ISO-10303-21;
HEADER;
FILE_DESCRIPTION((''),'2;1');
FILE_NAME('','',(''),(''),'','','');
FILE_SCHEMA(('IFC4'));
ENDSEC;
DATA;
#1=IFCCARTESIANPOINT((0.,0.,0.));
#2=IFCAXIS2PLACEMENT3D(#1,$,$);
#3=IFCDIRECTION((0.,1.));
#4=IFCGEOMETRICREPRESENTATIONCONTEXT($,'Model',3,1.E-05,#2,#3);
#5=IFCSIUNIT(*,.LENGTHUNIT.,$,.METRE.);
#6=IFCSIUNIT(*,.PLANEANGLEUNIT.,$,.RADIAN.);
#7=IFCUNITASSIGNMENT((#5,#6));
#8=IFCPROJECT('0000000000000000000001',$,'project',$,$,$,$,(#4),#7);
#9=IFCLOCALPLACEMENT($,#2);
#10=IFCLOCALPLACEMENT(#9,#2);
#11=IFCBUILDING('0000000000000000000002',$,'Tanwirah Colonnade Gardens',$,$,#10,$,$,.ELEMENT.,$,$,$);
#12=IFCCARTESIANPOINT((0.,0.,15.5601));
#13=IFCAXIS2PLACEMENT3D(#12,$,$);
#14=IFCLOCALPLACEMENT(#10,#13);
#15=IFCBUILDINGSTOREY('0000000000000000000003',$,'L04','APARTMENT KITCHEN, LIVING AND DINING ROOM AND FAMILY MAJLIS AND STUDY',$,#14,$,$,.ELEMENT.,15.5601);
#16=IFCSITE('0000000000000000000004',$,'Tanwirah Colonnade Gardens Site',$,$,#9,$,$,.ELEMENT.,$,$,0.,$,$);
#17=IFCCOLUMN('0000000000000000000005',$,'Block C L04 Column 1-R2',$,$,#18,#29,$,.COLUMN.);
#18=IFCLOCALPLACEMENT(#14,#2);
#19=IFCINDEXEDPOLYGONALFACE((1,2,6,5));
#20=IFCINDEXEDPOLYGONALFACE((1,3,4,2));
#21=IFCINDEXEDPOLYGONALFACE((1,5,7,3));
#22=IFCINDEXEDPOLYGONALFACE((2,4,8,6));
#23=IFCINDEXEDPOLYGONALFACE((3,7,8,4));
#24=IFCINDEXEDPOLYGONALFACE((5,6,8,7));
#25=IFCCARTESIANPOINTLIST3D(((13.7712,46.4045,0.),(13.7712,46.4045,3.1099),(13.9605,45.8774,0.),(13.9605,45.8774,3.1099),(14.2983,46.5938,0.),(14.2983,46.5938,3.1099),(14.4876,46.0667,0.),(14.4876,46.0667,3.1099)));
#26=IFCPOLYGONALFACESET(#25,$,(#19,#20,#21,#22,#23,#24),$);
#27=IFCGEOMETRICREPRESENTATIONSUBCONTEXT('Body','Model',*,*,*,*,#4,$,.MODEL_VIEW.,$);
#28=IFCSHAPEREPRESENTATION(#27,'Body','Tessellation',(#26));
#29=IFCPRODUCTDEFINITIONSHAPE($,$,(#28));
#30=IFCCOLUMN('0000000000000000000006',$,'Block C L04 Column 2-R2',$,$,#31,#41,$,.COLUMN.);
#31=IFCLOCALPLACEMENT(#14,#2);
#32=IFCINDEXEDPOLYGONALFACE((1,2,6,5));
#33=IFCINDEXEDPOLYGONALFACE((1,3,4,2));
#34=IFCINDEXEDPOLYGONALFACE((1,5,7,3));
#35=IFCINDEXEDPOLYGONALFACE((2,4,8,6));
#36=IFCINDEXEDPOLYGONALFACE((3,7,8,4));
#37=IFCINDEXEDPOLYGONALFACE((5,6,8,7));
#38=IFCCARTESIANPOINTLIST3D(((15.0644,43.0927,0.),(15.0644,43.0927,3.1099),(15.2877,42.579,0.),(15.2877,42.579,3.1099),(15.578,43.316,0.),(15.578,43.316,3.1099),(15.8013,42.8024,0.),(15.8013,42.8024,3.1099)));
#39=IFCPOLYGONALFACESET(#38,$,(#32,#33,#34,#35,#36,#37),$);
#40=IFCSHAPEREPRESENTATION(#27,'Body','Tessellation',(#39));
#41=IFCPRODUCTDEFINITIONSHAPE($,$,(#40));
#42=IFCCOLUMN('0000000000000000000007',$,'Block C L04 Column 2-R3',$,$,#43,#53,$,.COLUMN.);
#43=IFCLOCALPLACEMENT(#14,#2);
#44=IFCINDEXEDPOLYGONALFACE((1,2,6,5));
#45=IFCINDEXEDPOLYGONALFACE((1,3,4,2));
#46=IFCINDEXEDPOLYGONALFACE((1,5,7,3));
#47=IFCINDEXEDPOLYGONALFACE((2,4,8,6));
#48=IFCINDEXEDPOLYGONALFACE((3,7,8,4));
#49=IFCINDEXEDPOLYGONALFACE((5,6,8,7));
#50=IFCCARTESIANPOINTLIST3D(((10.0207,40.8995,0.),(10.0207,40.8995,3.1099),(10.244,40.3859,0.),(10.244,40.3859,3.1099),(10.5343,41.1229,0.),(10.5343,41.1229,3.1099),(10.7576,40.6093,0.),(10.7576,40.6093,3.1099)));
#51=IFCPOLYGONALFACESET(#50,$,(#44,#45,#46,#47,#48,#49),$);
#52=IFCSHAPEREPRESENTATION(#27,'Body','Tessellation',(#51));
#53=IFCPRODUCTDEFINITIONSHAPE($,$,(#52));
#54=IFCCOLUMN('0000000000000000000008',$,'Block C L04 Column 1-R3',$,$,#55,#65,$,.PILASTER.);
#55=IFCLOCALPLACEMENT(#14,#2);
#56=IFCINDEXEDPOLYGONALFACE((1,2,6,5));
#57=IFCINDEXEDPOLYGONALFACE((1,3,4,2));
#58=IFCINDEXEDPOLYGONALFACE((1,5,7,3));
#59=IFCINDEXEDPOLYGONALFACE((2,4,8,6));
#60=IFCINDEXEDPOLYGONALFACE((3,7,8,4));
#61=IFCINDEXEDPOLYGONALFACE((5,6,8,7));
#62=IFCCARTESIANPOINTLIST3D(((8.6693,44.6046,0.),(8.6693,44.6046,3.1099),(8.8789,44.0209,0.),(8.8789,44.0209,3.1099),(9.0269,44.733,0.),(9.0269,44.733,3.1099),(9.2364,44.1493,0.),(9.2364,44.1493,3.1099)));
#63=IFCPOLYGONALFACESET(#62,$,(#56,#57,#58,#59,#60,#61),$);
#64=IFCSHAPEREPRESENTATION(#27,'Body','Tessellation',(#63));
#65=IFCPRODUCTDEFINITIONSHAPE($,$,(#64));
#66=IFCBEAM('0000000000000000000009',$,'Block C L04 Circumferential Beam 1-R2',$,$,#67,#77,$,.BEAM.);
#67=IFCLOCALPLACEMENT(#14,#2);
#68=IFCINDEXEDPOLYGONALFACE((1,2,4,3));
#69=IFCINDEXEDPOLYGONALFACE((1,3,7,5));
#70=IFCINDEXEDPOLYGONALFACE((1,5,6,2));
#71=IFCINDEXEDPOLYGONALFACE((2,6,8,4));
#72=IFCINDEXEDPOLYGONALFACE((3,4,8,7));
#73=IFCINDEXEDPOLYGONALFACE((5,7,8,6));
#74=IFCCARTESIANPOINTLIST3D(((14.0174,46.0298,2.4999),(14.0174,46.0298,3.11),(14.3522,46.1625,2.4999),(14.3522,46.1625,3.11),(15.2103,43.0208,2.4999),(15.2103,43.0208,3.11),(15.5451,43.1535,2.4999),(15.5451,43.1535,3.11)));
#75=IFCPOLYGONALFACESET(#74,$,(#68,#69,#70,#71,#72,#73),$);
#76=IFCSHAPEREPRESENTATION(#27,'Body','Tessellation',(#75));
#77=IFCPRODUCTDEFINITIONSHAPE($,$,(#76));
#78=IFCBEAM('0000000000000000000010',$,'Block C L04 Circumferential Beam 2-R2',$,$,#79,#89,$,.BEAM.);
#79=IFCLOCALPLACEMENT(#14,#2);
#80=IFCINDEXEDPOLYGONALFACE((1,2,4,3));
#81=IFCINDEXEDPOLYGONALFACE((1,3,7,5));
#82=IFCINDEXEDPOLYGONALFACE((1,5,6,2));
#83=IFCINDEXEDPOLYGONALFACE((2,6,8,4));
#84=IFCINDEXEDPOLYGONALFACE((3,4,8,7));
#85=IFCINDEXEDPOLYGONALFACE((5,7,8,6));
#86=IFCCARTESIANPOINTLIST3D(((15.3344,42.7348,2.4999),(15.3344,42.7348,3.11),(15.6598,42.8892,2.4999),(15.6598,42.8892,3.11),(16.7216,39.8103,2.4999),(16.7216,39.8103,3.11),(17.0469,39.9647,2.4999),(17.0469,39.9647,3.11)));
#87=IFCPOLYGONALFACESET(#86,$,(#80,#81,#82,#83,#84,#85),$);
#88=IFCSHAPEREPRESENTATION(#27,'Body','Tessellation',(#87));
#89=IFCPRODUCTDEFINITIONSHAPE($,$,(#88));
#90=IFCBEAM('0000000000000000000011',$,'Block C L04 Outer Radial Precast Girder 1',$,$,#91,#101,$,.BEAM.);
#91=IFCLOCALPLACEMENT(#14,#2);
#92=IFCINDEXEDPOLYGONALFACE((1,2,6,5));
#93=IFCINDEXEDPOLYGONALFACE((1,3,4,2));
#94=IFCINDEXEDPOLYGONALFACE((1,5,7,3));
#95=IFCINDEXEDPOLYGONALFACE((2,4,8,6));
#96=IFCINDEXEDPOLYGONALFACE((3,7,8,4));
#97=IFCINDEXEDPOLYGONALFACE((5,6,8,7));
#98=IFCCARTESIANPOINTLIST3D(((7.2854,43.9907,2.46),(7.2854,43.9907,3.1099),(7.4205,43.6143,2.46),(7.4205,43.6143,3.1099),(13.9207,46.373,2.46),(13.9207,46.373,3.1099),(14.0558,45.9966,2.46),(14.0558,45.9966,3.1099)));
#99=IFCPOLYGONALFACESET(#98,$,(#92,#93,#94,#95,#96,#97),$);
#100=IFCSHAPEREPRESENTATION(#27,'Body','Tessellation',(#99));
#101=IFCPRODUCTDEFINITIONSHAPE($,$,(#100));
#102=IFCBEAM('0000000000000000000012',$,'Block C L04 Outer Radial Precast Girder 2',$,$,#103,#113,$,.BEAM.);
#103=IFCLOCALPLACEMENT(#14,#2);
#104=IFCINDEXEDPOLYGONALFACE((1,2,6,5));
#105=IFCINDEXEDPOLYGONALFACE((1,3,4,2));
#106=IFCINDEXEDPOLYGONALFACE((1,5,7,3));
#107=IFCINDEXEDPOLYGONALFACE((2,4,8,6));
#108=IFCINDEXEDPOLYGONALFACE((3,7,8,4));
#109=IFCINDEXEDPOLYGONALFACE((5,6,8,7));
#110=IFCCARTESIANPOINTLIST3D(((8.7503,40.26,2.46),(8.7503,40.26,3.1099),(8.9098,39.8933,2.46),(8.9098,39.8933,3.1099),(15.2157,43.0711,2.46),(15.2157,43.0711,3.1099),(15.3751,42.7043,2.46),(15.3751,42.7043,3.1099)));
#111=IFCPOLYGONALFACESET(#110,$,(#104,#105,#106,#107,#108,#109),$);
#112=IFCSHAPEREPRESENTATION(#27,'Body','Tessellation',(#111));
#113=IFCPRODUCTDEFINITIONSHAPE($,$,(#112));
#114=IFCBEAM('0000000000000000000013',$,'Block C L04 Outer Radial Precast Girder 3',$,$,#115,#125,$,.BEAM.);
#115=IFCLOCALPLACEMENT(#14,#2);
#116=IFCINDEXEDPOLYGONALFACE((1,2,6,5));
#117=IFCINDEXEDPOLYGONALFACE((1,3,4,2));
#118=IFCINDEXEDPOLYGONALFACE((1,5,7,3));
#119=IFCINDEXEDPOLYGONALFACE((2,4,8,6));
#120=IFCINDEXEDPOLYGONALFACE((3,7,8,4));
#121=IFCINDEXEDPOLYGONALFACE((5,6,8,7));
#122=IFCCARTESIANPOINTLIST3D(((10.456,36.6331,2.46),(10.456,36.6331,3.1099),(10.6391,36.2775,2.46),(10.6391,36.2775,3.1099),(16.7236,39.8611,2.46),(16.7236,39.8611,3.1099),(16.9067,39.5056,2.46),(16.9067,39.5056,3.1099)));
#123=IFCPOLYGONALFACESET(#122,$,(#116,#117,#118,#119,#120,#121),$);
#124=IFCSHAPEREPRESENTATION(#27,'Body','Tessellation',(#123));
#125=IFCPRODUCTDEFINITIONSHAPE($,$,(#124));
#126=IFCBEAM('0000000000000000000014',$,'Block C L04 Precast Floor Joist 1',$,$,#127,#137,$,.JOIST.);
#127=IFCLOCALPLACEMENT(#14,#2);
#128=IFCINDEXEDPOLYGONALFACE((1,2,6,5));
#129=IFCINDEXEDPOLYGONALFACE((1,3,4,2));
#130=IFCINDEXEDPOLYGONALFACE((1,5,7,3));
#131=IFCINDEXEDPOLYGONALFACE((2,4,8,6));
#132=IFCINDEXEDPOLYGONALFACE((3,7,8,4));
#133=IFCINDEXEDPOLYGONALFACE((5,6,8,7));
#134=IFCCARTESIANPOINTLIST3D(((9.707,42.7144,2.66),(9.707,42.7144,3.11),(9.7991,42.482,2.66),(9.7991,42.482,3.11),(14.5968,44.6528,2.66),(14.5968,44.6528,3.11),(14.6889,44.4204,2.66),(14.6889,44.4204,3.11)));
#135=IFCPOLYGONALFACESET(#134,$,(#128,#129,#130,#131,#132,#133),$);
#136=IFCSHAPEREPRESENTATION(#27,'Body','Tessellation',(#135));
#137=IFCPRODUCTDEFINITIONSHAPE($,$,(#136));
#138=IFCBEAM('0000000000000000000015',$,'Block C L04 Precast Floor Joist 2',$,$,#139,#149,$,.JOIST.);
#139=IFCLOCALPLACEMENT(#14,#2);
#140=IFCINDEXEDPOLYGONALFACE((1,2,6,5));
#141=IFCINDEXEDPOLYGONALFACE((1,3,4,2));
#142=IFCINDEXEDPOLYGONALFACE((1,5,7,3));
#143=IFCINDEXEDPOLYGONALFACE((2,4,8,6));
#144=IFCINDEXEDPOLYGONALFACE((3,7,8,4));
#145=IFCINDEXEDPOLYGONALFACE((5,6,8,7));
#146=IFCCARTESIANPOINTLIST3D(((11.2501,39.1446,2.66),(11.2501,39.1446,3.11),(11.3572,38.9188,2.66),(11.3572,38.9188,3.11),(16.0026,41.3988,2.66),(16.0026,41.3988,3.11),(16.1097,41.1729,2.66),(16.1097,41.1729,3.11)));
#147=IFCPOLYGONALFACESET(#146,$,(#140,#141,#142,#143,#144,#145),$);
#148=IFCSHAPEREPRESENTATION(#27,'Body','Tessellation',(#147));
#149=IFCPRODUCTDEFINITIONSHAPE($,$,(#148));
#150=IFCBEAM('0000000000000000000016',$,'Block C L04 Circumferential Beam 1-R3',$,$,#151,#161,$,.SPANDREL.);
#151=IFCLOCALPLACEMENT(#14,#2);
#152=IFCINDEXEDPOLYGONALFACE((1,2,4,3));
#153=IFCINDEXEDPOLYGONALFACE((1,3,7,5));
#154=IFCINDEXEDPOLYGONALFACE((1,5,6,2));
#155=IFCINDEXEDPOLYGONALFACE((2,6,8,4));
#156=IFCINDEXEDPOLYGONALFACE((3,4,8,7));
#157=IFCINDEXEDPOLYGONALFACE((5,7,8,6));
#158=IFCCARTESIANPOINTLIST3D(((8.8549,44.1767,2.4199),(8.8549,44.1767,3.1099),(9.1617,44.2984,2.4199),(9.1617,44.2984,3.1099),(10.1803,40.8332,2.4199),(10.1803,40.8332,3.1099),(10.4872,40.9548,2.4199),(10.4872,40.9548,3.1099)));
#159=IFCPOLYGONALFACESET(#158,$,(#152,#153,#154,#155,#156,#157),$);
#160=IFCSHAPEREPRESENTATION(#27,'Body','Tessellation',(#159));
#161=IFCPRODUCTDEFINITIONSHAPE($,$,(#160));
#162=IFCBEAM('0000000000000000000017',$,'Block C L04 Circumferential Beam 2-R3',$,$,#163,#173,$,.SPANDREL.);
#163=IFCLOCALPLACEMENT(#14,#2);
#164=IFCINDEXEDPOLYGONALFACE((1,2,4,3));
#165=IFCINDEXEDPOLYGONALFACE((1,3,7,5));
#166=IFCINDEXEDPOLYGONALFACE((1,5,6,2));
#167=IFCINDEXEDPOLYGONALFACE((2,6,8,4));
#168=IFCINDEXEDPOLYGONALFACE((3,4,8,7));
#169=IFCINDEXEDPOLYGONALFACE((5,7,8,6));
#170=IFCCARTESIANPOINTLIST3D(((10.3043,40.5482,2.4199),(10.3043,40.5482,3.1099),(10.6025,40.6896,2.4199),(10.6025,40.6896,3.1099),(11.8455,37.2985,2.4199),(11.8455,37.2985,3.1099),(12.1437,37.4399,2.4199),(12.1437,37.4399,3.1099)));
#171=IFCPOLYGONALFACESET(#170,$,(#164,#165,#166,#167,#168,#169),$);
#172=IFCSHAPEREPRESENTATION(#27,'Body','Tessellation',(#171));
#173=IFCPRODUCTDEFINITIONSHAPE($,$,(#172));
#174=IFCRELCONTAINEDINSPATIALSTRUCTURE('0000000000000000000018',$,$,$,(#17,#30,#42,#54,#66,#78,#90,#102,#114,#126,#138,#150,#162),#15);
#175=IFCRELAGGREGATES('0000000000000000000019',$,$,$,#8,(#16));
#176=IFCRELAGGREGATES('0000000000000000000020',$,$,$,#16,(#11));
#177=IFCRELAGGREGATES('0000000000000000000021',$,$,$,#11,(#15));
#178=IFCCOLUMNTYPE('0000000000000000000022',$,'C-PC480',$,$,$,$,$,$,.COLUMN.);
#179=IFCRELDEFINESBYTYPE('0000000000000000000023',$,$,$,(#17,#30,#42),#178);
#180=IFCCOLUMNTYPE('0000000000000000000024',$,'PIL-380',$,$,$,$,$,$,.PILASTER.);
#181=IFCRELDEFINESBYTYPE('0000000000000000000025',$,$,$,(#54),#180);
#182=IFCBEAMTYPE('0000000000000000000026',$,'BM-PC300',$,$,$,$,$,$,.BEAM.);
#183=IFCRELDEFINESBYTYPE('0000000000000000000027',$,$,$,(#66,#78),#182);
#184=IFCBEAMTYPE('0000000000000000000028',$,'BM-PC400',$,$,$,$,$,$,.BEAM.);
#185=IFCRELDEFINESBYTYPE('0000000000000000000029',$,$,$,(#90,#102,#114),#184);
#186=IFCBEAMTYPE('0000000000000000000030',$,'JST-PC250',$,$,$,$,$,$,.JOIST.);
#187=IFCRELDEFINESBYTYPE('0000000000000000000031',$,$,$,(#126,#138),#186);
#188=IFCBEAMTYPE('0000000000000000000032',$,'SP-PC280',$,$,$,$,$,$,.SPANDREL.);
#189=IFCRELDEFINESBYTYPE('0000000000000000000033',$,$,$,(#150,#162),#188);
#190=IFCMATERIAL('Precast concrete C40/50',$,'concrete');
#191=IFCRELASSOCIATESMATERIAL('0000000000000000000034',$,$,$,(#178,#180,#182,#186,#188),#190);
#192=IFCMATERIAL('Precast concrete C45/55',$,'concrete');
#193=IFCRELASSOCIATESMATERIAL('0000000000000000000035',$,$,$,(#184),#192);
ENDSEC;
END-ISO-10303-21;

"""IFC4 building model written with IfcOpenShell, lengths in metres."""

from ifc_helpers import new_model, si_unit, direction, frame, origin, origin_2d, place, context, subcontext, project, spatial, rectangle, extrude, material, material_profile, profile_set, type_object, element, save


model = new_model("IFC4")

# Units and contexts
model_context = context("Model", 3, precision=1e-05, world=origin(), true_north=direction((0.0, 1.0)))
body_context = subcontext(model_context, "Body", "Model", "MODEL_VIEW")
ifc_project = project(units=[si_unit("LENGTHUNIT", "METRE"), si_unit("PLANEANGLEUNIT", "RADIAN")], contexts=[model_context])

# Site, building, storey
site_placement = place(None, origin())
site = spatial("IfcSite", under=ifc_project, at=site_placement, Name="Tanwirah Colonnade Gardens Site", CompositionType="ELEMENT", RefElevation=0.0)
building_placement = place(site_placement, origin())
building = spatial("IfcBuilding", under=site, at=building_placement, Name="Tanwirah Colonnade Gardens", CompositionType="ELEMENT")
storey_placement = place(building_placement, frame((0.0, 0.0, 15.5601)))
storey = spatial("IfcBuildingStorey", under=building, at=storey_placement, Name="L04", Description="APARTMENT KITCHEN, LIVING AND DINING ROOM AND FAMILY MAJLIS AND STUDY", CompositionType="ELEMENT", Elevation=15.5601)

# Columns
ifc_material_1 = material(Name="Precast concrete C40/50", Category="concrete")
ifc_material_profile_1 = material_profile(ifc_material_1, rectangle(XDim=0.5601, YDim=0.5601, at=origin_2d()), Name="PC-COL 560x560")
ifc_profile_set_1 = profile_set([ifc_material_profile_1], Name="Precast concrete C40/50")
column_type_1 = type_object("IfcColumnType", Name="C-PC480", PredefinedType="COLUMN", material=ifc_profile_set_1)
for number, where, z_axis, x_axis, name in (
    (1, (14.1294, 46.2356, 0.0), (0.0, 0.0, 1.0), (-0.941176, -0.337917, 0.0), "Block C L04 Column 1-R2"),
    (2, (15.4329, 42.9475, 0.0), (0.0, 0.0, 1.0), (-0.91706, -0.398749, 0.0), "Block C L04 Column 2-R2"),
    (3, (10.3892, 40.7544, 0.0), (0.0, 0.0, 1.0), (-0.91706, -0.398749, 0.0), "Block C L04 Column 2-R3"),
):
    element("IfcColumn", number, at=place(storey_placement, frame(where, z_axis=z_axis, x_axis=x_axis)), inside=storey, type_object=column_type_1, Name=name, PredefinedType="COLUMN", context=body_context, shape_type="SweptSolid", body=[
        extrude(rectangle(XDim=0.5601, YDim=0.5601, at=origin_2d()), origin(), (0.0, 0.0, 1.0), 3.1099),
    ])
ifc_material_profile_2 = material_profile(ifc_material_1, rectangle(XDim=0.3799, YDim=0.6201, at=origin_2d()), Name="PC-PIL 380x620")
ifc_profile_set_2 = profile_set([ifc_material_profile_2], Name="Precast concrete C40/50")
column_type_2 = type_object("IfcColumnType", Name="PIL-380", PredefinedType="PILASTER", material=ifc_profile_set_2)
column_placement = place(storey_placement, frame((8.9529, 44.377, 0.0), z_axis=(0.0, 0.0, 1.0), x_axis=(-0.941176, -0.337917, 0.0)))
element("IfcColumn", 4, at=column_placement, inside=storey, type_object=column_type_2, Name="Block C L04 Column 1-R3", PredefinedType="PILASTER", context=body_context, shape_type="SweptSolid", body=[
    extrude(rectangle(XDim=0.3799, YDim=0.6201, at=origin_2d()), origin(), (0.0, 0.0, 1.0), 3.1099),
])

# Beams
ifc_material_profile_3 = material_profile(ifc_material_1, rectangle(XDim=0.3601, YDim=0.6101, at=origin_2d()), Name="PC-BM 360x610")
ifc_profile_set_3 = profile_set([ifc_material_profile_3], Name="Precast concrete C40/50")
beam_type_1 = type_object("IfcBeamType", Name="BM-PC300", PredefinedType="BEAM", material=ifc_profile_set_3)
for number, where, z_axis, x_axis, name in (
    (5, (14.1848, 46.0962, 2.8049), (0.368528, -0.929617, 0.0), (0.929617, 0.368528, 0.0), "Block C L04 Circumferential Beam 1-R2"),
    (6, (15.4971, 42.812, 2.8049), (0.428563, -0.903512, 0.0), (0.903512, 0.428563, 0.0), "Block C L04 Circumferential Beam 2-R2"),
):
    element("IfcBeam", number, at=place(storey_placement, frame(where, z_axis=z_axis, x_axis=x_axis)), inside=storey, type_object=beam_type_1, Name=name, PredefinedType="BEAM", context=body_context, shape_type="SweptSolid", body=[
        extrude(rectangle(XDim=0.3601, YDim=0.6101, at=origin_2d()), origin(), (0.0, 0.0, 1.0), 3.2368),
    ])
ifc_material_2 = material(Name="Precast concrete C45/55", Category="concrete")
ifc_material_profile_4 = material_profile(ifc_material_2, rectangle(XDim=0.3999, YDim=0.6499, at=origin_2d()), Name="PC-BM 400x650")
ifc_profile_set_4 = profile_set([ifc_material_profile_4], Name="Precast concrete C45/55")
beam_type_2 = type_object("IfcBeamType", Name="BM-PC400", PredefinedType="BEAM", material=ifc_profile_set_4)
for number, where, z_axis, x_axis, name in (
    (7, (13.9883, 46.1848, 2.7849), (-0.941175, -0.33792, 0.0), (0.33792, -0.941175, 0.0), "Block C L04 Outer Radial Precast Girder 1"),
    (8, (15.2954, 42.8877, 2.7849), (-0.917069, -0.398729, 0.0), (0.398729, -0.917069, 0.0), "Block C L04 Outer Radial Precast Girder 2"),
    (9, (16.8152, 39.6833, 2.7849), (-0.889016, -0.457875, 0.0), (0.457875, -0.889016, 0.0), "Block C L04 Outer Radial Precast Girder 3"),
):
    element("IfcBeam", number, at=place(storey_placement, frame(where, z_axis=z_axis, x_axis=x_axis)), inside=storey, type_object=beam_type_2, Name=name, PredefinedType="BEAM", context=body_context, shape_type="SweptSolid", body=[
        extrude(rectangle(XDim=0.3999, YDim=0.6499, at=origin_2d()), origin(), (0.0, 0.0, 1.0), 7.05),
    ])
ifc_material_profile_5 = material_profile(ifc_material_1, rectangle(XDim=0.25, YDim=0.45, at=origin_2d()), Name="PC-JST 250x450")
ifc_profile_set_5 = profile_set([ifc_material_profile_5], Name="Precast concrete C40/50")
beam_type_3 = type_object("IfcBeamType", Name="JST-PC250", PredefinedType="JOIST", material=ifc_profile_set_5)
for number, where, z_axis, x_axis, name in (
    (10, (14.6428, 44.5366, 2.885), (-0.929618, -0.368524, 0.0), (0.368524, -0.929618, 0.0), "Block C L04 Precast Floor Joist 1"),
    (11, (16.0562, 41.2859, 2.885), (-0.903518, -0.428551, 0.0), (0.428551, -0.903518, 0.0), "Block C L04 Precast Floor Joist 2"),
):
    element("IfcBeam", number, at=place(storey_placement, frame(where, z_axis=z_axis, x_axis=x_axis)), inside=storey, type_object=beam_type_3, Name=name, PredefinedType="JOIST", context=body_context, shape_type="SweptSolid", body=[
        extrude(rectangle(XDim=0.25, YDim=0.45, at=origin_2d()), origin(), (0.0, 0.0, 1.0), 5.26),
    ])
ifc_material_profile_6 = material_profile(ifc_material_1, rectangle(XDim=0.3301, YDim=0.6899, at=origin_2d()), Name="PC-SP 330x690")
ifc_profile_set_6 = profile_set([ifc_material_profile_6], Name="Precast concrete C40/50")
beam_type_4 = type_object("IfcBeamType", Name="SP-PC280", PredefinedType="SPANDREL", material=ifc_profile_set_6)
for number, where, z_axis, x_axis, name in (
    (12, (9.0083, 44.2375, 2.7649), (0.368522, -0.929619, 0.0), (0.929619, 0.368522, 0.0), "Block C L04 Circumferential Beam 1-R3"),
    (13, (10.4534, 40.6189, 2.7649), (0.428518, -0.903533, 0.0), (0.903533, 0.428518, 0.0), "Block C L04 Circumferential Beam 2-R3"),
):
    element("IfcBeam", number, at=place(storey_placement, frame(where, z_axis=z_axis, x_axis=x_axis)), inside=storey, type_object=beam_type_4, Name=name, PredefinedType="SPANDREL", context=body_context, shape_type="SweptSolid", body=[
        extrude(rectangle(XDim=0.3301, YDim=0.6899, at=origin_2d()), origin(), (0.0, 0.0, 1.0), 3.5967),
    ])

save(model, "model.ifc")
